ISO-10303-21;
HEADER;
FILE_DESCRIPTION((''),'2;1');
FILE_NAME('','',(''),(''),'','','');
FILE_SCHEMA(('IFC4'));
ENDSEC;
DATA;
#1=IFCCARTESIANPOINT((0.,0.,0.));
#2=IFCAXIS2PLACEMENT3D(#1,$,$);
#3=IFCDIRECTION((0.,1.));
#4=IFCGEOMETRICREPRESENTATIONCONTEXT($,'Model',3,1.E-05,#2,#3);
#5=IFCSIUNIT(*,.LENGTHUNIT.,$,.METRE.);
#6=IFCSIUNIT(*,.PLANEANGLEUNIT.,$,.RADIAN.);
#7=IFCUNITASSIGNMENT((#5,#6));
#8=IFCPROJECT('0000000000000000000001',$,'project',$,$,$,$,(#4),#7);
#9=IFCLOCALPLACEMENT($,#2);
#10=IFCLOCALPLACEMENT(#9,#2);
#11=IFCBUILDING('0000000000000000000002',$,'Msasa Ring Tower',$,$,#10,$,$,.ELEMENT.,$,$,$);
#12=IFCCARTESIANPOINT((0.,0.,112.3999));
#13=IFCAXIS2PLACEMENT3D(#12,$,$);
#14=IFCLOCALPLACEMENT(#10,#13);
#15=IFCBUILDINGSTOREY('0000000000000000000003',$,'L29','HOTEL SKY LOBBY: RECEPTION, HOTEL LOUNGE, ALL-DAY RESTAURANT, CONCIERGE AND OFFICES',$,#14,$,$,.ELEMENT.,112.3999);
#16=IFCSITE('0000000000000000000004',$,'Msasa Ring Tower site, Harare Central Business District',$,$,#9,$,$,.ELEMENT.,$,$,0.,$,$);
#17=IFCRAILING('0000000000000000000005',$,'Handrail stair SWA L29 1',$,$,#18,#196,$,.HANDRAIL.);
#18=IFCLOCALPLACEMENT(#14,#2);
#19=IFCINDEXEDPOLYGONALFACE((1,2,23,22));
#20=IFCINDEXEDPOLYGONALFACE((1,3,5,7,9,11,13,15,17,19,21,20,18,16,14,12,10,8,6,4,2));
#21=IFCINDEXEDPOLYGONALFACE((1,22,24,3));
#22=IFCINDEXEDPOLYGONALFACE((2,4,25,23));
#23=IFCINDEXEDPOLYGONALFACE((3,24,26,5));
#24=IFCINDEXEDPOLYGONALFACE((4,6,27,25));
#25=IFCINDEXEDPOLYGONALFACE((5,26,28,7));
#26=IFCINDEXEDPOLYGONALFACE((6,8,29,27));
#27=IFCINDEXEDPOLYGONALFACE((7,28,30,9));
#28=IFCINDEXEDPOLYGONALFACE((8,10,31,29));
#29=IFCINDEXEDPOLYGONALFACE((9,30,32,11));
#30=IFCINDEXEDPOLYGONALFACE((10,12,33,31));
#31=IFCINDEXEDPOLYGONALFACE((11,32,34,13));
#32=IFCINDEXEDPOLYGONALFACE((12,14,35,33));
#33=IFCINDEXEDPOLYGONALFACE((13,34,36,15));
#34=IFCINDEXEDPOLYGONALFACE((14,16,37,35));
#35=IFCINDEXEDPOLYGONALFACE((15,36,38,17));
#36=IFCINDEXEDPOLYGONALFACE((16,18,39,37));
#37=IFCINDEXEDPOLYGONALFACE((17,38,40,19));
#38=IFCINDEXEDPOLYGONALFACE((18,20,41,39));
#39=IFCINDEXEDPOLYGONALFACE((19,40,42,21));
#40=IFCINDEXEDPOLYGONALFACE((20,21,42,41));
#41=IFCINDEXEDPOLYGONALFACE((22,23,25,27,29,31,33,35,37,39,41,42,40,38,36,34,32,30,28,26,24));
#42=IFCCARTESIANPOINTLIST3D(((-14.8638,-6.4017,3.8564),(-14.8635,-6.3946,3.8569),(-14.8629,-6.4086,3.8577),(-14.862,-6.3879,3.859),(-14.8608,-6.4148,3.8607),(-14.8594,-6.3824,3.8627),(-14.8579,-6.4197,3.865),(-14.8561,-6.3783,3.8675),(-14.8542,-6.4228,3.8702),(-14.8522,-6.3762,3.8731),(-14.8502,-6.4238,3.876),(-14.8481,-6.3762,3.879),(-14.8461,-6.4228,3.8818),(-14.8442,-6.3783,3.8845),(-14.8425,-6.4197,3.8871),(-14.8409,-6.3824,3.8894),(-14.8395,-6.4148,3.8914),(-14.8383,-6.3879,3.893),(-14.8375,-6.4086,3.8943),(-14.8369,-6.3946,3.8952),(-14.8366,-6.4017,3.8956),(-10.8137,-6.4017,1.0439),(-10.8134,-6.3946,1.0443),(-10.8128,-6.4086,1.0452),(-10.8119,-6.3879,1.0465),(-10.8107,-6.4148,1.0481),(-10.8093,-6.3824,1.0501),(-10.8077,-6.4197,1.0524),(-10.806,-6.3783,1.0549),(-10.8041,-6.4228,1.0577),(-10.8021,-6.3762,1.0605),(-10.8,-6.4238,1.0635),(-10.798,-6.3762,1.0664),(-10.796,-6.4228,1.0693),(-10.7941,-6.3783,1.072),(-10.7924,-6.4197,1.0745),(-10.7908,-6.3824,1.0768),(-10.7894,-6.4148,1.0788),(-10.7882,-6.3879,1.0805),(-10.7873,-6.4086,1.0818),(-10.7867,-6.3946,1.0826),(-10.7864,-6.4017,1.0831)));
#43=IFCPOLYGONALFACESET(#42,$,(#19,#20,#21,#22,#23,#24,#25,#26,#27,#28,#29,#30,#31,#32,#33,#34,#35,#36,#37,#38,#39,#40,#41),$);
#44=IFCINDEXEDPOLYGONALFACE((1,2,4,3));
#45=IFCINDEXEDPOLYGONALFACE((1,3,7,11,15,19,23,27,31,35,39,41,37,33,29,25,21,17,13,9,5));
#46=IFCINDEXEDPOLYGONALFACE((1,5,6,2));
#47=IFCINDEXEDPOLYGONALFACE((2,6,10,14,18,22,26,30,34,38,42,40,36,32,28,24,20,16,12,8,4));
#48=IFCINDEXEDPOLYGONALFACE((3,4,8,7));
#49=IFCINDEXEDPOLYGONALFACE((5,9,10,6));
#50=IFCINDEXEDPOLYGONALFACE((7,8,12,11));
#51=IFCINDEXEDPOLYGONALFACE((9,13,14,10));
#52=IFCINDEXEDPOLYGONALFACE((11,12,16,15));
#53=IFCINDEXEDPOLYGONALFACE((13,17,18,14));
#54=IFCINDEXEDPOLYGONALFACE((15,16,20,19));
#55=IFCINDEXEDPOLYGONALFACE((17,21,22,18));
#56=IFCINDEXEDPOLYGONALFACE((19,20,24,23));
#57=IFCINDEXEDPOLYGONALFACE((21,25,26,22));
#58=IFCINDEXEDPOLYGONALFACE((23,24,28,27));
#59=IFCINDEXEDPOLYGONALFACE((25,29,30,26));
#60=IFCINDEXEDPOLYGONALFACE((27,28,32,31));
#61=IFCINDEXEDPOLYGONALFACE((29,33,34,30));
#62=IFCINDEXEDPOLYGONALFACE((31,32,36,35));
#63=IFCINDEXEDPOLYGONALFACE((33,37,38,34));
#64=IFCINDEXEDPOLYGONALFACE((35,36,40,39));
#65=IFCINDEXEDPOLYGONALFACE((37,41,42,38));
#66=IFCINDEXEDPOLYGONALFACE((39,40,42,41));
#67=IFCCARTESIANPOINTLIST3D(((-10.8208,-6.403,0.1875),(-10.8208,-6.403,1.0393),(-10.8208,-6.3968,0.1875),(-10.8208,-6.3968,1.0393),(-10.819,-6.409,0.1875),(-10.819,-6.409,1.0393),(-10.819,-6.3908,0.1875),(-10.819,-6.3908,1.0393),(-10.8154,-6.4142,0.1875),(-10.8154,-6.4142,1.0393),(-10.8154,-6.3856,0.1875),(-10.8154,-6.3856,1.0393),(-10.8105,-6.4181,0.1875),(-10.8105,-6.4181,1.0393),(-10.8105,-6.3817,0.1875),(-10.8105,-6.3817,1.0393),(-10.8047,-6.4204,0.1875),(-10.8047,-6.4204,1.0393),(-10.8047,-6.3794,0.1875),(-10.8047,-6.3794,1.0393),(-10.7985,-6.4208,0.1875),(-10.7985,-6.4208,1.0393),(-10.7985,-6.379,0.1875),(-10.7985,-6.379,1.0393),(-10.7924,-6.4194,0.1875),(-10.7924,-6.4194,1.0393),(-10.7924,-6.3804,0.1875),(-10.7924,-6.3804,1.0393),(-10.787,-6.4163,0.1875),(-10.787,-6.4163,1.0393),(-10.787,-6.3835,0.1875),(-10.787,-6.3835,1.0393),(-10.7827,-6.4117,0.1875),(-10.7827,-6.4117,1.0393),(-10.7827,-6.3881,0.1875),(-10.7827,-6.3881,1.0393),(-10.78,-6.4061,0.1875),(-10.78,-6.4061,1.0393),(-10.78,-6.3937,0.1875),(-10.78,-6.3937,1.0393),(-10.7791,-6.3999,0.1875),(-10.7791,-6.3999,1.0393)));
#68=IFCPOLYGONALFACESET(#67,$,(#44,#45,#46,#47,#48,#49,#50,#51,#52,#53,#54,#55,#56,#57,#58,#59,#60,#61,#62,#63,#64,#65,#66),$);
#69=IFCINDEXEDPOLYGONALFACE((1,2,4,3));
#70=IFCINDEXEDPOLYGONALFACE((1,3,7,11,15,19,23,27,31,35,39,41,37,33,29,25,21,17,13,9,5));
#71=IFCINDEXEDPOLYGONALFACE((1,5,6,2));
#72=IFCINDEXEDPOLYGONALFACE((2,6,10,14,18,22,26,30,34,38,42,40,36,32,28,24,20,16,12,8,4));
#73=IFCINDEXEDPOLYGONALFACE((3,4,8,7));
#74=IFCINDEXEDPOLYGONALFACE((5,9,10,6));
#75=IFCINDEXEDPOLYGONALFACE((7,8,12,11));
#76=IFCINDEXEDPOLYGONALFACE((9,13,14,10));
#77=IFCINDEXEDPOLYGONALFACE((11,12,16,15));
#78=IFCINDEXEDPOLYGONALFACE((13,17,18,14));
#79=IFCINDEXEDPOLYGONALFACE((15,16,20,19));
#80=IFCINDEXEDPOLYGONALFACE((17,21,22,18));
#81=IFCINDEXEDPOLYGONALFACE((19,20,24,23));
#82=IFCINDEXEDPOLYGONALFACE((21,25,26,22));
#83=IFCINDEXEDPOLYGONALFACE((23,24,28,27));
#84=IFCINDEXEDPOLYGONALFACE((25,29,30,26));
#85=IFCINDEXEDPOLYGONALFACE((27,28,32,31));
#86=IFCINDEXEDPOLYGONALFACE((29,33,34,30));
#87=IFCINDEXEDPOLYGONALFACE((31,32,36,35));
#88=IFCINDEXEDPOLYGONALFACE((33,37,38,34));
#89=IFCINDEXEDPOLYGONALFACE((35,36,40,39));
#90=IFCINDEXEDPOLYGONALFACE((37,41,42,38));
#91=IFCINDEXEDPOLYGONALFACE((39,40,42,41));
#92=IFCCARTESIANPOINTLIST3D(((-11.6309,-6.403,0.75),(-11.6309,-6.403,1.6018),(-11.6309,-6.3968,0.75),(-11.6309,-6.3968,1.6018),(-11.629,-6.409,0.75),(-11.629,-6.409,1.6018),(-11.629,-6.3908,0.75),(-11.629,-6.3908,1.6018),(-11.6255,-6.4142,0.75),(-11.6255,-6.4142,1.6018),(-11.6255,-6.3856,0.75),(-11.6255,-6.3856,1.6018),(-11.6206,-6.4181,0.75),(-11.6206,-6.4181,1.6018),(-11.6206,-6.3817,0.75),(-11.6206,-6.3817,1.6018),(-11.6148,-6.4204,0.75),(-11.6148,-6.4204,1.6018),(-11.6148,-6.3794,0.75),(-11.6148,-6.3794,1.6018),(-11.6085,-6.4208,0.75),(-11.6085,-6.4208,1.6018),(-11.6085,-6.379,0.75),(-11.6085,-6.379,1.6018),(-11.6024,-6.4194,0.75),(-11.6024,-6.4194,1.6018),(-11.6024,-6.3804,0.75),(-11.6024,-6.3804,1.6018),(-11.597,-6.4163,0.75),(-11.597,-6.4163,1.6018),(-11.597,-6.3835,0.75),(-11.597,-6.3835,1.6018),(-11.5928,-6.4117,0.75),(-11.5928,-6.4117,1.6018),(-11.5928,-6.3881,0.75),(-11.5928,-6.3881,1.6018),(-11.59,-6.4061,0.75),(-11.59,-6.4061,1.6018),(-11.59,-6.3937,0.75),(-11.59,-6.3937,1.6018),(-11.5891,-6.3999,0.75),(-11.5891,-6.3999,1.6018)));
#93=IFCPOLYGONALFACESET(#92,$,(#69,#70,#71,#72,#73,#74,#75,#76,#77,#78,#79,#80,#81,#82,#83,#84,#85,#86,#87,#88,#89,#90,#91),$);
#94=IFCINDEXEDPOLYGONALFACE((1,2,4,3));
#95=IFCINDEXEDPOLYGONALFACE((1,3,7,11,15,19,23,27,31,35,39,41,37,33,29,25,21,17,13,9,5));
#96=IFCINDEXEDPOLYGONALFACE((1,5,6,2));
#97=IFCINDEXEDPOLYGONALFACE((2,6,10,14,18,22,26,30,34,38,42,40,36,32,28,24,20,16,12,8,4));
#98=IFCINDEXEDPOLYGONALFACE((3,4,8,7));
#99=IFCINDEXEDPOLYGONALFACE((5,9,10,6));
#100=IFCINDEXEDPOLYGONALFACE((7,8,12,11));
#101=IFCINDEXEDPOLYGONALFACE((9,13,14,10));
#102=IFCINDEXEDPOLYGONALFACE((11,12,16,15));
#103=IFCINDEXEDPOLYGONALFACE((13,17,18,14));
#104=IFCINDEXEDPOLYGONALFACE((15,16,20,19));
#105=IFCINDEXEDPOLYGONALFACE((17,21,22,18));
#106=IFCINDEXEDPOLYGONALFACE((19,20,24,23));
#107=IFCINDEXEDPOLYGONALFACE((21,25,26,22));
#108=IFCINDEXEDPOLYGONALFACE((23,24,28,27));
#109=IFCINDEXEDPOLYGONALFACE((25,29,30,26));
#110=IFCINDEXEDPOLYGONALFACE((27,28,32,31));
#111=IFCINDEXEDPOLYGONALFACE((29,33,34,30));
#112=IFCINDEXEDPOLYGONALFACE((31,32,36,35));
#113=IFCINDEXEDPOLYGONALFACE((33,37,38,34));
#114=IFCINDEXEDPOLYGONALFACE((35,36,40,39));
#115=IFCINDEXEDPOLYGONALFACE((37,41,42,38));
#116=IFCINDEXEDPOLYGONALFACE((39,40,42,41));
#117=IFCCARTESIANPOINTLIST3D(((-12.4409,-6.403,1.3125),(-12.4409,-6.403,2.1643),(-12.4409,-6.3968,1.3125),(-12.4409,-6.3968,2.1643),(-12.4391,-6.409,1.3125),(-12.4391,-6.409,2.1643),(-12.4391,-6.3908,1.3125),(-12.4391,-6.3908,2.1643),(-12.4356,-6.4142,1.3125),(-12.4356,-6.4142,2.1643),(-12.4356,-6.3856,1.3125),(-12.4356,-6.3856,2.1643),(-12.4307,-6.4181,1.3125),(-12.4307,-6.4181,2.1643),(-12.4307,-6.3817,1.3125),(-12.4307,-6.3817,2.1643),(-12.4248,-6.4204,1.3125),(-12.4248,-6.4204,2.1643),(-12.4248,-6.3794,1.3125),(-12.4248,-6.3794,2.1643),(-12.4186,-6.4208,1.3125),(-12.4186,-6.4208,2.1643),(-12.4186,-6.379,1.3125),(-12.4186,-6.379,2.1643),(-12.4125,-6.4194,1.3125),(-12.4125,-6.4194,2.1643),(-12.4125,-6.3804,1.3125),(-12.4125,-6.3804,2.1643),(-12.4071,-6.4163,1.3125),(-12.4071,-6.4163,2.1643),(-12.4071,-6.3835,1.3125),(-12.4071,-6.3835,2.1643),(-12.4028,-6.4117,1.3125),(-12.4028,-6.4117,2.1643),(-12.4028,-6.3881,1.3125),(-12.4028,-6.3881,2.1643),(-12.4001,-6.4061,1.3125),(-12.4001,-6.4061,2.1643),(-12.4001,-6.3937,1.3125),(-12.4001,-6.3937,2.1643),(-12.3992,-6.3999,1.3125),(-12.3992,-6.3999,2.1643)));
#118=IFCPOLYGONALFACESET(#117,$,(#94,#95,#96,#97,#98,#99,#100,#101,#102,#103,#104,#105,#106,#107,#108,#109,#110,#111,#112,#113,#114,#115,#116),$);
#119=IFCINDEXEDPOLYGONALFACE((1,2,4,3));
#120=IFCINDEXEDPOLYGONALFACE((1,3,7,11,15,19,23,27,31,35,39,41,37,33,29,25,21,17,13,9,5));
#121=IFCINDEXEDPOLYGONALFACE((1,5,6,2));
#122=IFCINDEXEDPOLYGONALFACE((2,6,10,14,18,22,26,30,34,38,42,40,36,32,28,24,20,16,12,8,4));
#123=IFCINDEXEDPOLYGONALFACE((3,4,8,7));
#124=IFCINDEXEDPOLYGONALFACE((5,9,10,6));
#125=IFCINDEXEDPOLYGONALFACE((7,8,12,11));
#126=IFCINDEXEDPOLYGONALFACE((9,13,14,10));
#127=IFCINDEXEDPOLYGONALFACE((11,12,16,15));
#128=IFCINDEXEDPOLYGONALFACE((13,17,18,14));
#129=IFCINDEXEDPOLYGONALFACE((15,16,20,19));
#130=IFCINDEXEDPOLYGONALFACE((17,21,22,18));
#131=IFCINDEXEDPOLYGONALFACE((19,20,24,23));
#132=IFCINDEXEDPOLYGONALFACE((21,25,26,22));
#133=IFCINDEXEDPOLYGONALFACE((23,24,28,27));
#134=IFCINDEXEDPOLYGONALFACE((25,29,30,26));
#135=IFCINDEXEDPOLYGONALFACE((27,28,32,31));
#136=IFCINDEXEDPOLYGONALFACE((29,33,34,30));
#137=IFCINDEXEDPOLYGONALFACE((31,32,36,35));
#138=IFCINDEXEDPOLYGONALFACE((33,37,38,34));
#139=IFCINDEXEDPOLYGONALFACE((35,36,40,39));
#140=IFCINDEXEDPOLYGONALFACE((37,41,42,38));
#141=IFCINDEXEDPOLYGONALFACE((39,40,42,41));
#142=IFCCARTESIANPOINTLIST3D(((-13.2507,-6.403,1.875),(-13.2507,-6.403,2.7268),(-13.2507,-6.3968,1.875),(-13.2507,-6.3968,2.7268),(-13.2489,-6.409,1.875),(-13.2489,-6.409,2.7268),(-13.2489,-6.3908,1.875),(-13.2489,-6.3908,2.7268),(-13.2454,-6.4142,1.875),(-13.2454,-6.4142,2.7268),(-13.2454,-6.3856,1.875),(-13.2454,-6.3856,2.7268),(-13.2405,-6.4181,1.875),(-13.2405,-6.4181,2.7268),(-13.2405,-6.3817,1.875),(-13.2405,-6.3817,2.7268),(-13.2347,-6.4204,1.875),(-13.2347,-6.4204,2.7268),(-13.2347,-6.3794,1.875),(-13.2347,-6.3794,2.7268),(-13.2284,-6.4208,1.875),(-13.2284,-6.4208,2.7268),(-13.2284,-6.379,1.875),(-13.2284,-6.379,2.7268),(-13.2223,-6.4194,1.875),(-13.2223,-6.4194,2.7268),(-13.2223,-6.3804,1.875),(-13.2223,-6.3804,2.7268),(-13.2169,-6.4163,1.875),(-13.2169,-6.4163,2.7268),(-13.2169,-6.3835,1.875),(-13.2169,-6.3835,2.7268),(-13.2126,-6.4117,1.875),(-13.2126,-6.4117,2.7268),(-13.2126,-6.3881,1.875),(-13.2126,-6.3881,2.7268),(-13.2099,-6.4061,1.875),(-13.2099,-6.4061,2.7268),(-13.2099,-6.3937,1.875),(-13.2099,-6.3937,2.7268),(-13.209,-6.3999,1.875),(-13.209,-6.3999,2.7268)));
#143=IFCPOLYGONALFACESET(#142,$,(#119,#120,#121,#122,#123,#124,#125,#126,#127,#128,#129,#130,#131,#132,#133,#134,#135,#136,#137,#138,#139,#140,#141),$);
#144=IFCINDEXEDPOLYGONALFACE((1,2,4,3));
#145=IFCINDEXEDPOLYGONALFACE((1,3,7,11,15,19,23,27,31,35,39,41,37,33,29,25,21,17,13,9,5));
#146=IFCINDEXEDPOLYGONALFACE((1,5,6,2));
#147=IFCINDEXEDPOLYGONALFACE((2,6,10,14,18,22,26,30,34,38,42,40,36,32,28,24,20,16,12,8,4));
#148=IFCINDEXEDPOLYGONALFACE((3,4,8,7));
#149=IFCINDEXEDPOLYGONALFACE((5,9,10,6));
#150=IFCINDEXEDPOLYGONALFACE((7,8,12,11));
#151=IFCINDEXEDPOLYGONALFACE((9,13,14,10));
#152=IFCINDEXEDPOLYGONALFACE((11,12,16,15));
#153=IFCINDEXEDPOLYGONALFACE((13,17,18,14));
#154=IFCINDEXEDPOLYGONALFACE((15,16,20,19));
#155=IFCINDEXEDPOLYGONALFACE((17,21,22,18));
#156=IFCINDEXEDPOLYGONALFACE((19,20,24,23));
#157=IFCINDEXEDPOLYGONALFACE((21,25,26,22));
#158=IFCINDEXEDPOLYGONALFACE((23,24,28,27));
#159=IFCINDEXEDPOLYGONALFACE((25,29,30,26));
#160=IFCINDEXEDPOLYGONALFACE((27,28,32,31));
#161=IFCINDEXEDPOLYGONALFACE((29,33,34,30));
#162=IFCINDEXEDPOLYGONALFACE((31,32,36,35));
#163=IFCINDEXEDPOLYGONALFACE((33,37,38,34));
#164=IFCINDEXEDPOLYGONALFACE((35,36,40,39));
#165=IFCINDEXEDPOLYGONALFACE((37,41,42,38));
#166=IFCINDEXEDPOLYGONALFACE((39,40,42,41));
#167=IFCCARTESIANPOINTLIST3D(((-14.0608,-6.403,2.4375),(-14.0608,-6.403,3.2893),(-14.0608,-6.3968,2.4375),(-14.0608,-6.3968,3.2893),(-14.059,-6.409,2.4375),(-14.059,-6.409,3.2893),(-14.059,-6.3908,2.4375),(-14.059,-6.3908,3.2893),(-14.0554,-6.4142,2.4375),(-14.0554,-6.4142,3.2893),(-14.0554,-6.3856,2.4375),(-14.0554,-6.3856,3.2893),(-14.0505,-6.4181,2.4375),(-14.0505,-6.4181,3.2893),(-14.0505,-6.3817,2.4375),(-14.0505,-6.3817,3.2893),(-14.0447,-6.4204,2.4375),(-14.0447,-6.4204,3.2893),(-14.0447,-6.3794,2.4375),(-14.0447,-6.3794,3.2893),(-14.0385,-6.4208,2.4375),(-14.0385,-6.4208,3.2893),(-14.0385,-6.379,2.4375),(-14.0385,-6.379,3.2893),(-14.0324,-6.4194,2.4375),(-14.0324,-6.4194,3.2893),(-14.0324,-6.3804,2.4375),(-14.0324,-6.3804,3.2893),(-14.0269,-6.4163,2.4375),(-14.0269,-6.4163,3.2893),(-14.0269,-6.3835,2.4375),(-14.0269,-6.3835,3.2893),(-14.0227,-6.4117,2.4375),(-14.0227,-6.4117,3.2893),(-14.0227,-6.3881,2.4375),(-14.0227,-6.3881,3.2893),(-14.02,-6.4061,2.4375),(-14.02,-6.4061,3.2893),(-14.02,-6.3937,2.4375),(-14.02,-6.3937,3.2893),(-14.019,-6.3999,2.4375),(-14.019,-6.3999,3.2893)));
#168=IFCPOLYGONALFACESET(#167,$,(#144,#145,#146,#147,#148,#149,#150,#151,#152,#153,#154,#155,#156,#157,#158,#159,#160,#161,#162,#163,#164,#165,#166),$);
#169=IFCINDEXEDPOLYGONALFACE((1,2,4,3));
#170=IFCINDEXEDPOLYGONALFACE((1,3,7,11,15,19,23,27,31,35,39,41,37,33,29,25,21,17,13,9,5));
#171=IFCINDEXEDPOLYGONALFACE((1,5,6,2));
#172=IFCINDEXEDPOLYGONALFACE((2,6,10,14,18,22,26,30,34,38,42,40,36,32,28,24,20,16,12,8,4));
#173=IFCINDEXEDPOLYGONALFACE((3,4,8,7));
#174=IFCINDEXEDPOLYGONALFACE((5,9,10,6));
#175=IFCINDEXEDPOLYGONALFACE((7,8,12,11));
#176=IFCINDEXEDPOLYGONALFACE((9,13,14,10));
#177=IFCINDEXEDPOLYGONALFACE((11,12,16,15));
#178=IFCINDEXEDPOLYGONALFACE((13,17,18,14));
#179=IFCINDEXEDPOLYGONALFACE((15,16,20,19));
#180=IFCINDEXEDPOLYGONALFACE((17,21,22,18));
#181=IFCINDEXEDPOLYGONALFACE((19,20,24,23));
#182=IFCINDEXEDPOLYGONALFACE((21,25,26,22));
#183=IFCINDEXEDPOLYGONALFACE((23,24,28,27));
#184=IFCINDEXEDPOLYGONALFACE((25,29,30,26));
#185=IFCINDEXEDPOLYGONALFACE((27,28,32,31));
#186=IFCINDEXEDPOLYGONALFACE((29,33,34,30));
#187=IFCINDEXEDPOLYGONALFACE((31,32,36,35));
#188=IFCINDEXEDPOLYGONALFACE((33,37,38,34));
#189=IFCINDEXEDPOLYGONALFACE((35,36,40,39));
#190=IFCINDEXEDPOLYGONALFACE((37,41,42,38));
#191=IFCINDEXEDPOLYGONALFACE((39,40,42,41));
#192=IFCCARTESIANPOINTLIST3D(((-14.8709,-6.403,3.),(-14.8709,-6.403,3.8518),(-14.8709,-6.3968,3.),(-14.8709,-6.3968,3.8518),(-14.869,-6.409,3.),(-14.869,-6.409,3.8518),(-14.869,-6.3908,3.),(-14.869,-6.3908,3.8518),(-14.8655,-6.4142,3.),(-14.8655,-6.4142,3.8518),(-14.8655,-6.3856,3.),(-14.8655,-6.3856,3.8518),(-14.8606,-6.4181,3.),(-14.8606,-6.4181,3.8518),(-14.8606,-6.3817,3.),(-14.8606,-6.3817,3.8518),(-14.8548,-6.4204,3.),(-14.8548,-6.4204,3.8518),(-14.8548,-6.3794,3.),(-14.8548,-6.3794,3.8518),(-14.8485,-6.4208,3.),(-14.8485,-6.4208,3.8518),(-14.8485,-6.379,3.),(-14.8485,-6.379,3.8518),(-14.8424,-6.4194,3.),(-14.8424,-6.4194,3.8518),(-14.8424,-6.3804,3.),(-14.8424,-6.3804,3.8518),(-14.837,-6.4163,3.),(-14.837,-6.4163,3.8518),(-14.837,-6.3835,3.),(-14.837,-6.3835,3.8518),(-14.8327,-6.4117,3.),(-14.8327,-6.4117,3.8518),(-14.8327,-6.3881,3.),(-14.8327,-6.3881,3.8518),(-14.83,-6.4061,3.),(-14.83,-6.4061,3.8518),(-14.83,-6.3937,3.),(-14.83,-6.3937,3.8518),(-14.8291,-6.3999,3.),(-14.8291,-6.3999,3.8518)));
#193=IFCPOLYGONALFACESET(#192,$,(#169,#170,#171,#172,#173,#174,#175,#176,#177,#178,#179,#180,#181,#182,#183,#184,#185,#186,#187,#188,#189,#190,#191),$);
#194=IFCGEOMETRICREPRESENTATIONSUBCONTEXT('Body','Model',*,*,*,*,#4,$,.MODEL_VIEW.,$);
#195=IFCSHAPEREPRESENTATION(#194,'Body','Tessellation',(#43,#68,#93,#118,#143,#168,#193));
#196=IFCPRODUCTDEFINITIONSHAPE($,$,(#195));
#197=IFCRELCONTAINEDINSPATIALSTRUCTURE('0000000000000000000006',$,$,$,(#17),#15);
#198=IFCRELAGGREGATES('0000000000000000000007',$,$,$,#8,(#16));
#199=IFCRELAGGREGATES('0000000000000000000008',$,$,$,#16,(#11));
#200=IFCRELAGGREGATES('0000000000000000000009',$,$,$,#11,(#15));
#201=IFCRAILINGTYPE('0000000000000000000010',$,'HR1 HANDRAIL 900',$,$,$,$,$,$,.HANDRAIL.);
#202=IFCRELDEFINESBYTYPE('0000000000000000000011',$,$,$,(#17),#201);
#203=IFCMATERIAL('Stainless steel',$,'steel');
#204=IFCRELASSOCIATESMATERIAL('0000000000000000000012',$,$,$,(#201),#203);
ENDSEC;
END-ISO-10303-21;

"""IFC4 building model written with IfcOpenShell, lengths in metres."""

from ifc_helpers import new_model, si_unit, direction, frame, origin, origin_2d, place, context, subcontext, project, spatial, circle, extrude, material, type_object, element, save


model = new_model("IFC4")

# Units and contexts
model_context = context("Model", 3, precision=1e-05, world=origin(), true_north=direction((0.0, 1.0)))
body_context = subcontext(model_context, "Body", "Model", "MODEL_VIEW")
ifc_project = project(units=[si_unit("LENGTHUNIT", "METRE"), si_unit("PLANEANGLEUNIT", "RADIAN")], contexts=[model_context])

# Site, building, storey
site_placement = place(None, origin())
site = spatial("IfcSite", under=ifc_project, at=site_placement, Name="Msasa Ring Tower site, Harare Central Business District", CompositionType="ELEMENT", RefElevation=0.0)
building_placement = place(site_placement, origin())
building = spatial("IfcBuilding", under=site, at=building_placement, Name="Msasa Ring Tower", CompositionType="ELEMENT")
storey_placement = place(building_placement, frame((0.0, 0.0, 112.3999)))
storey = spatial("IfcBuildingStorey", under=building, at=storey_placement, Name="L29", Description="HOTEL SKY LOBBY: RECEPTION, HOTEL LOUNGE, ALL-DAY RESTAURANT, CONCIERGE AND OFFICES", CompositionType="ELEMENT", Elevation=112.3999)

# Railing
ifc_material_1 = material(Name="Stainless steel", Category="steel")
railing_type = type_object("IfcRailingType", Name="HR1 HANDRAIL 900", PredefinedType="HANDRAIL", material=ifc_material_1)
for number, where, name in (
    (1, (-10.8, -6.3999, 0.1875), "Handrail stair SWA L29 1"),
):
    element("IfcRailing", number, at=place(storey_placement, frame(where)), inside=storey, type_object=railing_type, Name=name, PredefinedType="HANDRAIL", context=body_context, shape_type="SweptSolid", body=[
        extrude(circle(Radius=0.0239, at=origin_2d()), frame((0.0, 0.0, 0.876), z_axis=(-0.821373, 0.0, 0.570391), x_axis=(0.0, -1.0, 0.0)), (0.0, 0.0, 1.0), 4.9309),
        extrude(circle(Radius=0.021, at=origin_2d()), origin(), (0.0, 0.0, 1.0), 0.8518),
        extrude(circle(Radius=0.021, at=origin_2d()), frame((-0.8101, 0.0, 0.5625)), (0.0, 0.0, 1.0), 0.8518),
        extrude(circle(Radius=0.021, at=origin_2d()), frame((-1.6201, 0.0, 1.125)), (0.0, 0.0, 1.0), 0.8518),
        extrude(circle(Radius=0.021, at=origin_2d()), frame((-2.4299, 0.0, 1.6875)), (0.0, 0.0, 1.0), 0.8518),
        extrude(circle(Radius=0.021, at=origin_2d()), frame((-3.24, 0.0, 2.25)), (0.0, 0.0, 1.0), 0.8518),
        extrude(circle(Radius=0.021, at=origin_2d()), frame((-4.05, 0.0, 2.8125)), (0.0, 0.0, 1.0), 0.8518),
    ])

save(model, "model.ifc")
